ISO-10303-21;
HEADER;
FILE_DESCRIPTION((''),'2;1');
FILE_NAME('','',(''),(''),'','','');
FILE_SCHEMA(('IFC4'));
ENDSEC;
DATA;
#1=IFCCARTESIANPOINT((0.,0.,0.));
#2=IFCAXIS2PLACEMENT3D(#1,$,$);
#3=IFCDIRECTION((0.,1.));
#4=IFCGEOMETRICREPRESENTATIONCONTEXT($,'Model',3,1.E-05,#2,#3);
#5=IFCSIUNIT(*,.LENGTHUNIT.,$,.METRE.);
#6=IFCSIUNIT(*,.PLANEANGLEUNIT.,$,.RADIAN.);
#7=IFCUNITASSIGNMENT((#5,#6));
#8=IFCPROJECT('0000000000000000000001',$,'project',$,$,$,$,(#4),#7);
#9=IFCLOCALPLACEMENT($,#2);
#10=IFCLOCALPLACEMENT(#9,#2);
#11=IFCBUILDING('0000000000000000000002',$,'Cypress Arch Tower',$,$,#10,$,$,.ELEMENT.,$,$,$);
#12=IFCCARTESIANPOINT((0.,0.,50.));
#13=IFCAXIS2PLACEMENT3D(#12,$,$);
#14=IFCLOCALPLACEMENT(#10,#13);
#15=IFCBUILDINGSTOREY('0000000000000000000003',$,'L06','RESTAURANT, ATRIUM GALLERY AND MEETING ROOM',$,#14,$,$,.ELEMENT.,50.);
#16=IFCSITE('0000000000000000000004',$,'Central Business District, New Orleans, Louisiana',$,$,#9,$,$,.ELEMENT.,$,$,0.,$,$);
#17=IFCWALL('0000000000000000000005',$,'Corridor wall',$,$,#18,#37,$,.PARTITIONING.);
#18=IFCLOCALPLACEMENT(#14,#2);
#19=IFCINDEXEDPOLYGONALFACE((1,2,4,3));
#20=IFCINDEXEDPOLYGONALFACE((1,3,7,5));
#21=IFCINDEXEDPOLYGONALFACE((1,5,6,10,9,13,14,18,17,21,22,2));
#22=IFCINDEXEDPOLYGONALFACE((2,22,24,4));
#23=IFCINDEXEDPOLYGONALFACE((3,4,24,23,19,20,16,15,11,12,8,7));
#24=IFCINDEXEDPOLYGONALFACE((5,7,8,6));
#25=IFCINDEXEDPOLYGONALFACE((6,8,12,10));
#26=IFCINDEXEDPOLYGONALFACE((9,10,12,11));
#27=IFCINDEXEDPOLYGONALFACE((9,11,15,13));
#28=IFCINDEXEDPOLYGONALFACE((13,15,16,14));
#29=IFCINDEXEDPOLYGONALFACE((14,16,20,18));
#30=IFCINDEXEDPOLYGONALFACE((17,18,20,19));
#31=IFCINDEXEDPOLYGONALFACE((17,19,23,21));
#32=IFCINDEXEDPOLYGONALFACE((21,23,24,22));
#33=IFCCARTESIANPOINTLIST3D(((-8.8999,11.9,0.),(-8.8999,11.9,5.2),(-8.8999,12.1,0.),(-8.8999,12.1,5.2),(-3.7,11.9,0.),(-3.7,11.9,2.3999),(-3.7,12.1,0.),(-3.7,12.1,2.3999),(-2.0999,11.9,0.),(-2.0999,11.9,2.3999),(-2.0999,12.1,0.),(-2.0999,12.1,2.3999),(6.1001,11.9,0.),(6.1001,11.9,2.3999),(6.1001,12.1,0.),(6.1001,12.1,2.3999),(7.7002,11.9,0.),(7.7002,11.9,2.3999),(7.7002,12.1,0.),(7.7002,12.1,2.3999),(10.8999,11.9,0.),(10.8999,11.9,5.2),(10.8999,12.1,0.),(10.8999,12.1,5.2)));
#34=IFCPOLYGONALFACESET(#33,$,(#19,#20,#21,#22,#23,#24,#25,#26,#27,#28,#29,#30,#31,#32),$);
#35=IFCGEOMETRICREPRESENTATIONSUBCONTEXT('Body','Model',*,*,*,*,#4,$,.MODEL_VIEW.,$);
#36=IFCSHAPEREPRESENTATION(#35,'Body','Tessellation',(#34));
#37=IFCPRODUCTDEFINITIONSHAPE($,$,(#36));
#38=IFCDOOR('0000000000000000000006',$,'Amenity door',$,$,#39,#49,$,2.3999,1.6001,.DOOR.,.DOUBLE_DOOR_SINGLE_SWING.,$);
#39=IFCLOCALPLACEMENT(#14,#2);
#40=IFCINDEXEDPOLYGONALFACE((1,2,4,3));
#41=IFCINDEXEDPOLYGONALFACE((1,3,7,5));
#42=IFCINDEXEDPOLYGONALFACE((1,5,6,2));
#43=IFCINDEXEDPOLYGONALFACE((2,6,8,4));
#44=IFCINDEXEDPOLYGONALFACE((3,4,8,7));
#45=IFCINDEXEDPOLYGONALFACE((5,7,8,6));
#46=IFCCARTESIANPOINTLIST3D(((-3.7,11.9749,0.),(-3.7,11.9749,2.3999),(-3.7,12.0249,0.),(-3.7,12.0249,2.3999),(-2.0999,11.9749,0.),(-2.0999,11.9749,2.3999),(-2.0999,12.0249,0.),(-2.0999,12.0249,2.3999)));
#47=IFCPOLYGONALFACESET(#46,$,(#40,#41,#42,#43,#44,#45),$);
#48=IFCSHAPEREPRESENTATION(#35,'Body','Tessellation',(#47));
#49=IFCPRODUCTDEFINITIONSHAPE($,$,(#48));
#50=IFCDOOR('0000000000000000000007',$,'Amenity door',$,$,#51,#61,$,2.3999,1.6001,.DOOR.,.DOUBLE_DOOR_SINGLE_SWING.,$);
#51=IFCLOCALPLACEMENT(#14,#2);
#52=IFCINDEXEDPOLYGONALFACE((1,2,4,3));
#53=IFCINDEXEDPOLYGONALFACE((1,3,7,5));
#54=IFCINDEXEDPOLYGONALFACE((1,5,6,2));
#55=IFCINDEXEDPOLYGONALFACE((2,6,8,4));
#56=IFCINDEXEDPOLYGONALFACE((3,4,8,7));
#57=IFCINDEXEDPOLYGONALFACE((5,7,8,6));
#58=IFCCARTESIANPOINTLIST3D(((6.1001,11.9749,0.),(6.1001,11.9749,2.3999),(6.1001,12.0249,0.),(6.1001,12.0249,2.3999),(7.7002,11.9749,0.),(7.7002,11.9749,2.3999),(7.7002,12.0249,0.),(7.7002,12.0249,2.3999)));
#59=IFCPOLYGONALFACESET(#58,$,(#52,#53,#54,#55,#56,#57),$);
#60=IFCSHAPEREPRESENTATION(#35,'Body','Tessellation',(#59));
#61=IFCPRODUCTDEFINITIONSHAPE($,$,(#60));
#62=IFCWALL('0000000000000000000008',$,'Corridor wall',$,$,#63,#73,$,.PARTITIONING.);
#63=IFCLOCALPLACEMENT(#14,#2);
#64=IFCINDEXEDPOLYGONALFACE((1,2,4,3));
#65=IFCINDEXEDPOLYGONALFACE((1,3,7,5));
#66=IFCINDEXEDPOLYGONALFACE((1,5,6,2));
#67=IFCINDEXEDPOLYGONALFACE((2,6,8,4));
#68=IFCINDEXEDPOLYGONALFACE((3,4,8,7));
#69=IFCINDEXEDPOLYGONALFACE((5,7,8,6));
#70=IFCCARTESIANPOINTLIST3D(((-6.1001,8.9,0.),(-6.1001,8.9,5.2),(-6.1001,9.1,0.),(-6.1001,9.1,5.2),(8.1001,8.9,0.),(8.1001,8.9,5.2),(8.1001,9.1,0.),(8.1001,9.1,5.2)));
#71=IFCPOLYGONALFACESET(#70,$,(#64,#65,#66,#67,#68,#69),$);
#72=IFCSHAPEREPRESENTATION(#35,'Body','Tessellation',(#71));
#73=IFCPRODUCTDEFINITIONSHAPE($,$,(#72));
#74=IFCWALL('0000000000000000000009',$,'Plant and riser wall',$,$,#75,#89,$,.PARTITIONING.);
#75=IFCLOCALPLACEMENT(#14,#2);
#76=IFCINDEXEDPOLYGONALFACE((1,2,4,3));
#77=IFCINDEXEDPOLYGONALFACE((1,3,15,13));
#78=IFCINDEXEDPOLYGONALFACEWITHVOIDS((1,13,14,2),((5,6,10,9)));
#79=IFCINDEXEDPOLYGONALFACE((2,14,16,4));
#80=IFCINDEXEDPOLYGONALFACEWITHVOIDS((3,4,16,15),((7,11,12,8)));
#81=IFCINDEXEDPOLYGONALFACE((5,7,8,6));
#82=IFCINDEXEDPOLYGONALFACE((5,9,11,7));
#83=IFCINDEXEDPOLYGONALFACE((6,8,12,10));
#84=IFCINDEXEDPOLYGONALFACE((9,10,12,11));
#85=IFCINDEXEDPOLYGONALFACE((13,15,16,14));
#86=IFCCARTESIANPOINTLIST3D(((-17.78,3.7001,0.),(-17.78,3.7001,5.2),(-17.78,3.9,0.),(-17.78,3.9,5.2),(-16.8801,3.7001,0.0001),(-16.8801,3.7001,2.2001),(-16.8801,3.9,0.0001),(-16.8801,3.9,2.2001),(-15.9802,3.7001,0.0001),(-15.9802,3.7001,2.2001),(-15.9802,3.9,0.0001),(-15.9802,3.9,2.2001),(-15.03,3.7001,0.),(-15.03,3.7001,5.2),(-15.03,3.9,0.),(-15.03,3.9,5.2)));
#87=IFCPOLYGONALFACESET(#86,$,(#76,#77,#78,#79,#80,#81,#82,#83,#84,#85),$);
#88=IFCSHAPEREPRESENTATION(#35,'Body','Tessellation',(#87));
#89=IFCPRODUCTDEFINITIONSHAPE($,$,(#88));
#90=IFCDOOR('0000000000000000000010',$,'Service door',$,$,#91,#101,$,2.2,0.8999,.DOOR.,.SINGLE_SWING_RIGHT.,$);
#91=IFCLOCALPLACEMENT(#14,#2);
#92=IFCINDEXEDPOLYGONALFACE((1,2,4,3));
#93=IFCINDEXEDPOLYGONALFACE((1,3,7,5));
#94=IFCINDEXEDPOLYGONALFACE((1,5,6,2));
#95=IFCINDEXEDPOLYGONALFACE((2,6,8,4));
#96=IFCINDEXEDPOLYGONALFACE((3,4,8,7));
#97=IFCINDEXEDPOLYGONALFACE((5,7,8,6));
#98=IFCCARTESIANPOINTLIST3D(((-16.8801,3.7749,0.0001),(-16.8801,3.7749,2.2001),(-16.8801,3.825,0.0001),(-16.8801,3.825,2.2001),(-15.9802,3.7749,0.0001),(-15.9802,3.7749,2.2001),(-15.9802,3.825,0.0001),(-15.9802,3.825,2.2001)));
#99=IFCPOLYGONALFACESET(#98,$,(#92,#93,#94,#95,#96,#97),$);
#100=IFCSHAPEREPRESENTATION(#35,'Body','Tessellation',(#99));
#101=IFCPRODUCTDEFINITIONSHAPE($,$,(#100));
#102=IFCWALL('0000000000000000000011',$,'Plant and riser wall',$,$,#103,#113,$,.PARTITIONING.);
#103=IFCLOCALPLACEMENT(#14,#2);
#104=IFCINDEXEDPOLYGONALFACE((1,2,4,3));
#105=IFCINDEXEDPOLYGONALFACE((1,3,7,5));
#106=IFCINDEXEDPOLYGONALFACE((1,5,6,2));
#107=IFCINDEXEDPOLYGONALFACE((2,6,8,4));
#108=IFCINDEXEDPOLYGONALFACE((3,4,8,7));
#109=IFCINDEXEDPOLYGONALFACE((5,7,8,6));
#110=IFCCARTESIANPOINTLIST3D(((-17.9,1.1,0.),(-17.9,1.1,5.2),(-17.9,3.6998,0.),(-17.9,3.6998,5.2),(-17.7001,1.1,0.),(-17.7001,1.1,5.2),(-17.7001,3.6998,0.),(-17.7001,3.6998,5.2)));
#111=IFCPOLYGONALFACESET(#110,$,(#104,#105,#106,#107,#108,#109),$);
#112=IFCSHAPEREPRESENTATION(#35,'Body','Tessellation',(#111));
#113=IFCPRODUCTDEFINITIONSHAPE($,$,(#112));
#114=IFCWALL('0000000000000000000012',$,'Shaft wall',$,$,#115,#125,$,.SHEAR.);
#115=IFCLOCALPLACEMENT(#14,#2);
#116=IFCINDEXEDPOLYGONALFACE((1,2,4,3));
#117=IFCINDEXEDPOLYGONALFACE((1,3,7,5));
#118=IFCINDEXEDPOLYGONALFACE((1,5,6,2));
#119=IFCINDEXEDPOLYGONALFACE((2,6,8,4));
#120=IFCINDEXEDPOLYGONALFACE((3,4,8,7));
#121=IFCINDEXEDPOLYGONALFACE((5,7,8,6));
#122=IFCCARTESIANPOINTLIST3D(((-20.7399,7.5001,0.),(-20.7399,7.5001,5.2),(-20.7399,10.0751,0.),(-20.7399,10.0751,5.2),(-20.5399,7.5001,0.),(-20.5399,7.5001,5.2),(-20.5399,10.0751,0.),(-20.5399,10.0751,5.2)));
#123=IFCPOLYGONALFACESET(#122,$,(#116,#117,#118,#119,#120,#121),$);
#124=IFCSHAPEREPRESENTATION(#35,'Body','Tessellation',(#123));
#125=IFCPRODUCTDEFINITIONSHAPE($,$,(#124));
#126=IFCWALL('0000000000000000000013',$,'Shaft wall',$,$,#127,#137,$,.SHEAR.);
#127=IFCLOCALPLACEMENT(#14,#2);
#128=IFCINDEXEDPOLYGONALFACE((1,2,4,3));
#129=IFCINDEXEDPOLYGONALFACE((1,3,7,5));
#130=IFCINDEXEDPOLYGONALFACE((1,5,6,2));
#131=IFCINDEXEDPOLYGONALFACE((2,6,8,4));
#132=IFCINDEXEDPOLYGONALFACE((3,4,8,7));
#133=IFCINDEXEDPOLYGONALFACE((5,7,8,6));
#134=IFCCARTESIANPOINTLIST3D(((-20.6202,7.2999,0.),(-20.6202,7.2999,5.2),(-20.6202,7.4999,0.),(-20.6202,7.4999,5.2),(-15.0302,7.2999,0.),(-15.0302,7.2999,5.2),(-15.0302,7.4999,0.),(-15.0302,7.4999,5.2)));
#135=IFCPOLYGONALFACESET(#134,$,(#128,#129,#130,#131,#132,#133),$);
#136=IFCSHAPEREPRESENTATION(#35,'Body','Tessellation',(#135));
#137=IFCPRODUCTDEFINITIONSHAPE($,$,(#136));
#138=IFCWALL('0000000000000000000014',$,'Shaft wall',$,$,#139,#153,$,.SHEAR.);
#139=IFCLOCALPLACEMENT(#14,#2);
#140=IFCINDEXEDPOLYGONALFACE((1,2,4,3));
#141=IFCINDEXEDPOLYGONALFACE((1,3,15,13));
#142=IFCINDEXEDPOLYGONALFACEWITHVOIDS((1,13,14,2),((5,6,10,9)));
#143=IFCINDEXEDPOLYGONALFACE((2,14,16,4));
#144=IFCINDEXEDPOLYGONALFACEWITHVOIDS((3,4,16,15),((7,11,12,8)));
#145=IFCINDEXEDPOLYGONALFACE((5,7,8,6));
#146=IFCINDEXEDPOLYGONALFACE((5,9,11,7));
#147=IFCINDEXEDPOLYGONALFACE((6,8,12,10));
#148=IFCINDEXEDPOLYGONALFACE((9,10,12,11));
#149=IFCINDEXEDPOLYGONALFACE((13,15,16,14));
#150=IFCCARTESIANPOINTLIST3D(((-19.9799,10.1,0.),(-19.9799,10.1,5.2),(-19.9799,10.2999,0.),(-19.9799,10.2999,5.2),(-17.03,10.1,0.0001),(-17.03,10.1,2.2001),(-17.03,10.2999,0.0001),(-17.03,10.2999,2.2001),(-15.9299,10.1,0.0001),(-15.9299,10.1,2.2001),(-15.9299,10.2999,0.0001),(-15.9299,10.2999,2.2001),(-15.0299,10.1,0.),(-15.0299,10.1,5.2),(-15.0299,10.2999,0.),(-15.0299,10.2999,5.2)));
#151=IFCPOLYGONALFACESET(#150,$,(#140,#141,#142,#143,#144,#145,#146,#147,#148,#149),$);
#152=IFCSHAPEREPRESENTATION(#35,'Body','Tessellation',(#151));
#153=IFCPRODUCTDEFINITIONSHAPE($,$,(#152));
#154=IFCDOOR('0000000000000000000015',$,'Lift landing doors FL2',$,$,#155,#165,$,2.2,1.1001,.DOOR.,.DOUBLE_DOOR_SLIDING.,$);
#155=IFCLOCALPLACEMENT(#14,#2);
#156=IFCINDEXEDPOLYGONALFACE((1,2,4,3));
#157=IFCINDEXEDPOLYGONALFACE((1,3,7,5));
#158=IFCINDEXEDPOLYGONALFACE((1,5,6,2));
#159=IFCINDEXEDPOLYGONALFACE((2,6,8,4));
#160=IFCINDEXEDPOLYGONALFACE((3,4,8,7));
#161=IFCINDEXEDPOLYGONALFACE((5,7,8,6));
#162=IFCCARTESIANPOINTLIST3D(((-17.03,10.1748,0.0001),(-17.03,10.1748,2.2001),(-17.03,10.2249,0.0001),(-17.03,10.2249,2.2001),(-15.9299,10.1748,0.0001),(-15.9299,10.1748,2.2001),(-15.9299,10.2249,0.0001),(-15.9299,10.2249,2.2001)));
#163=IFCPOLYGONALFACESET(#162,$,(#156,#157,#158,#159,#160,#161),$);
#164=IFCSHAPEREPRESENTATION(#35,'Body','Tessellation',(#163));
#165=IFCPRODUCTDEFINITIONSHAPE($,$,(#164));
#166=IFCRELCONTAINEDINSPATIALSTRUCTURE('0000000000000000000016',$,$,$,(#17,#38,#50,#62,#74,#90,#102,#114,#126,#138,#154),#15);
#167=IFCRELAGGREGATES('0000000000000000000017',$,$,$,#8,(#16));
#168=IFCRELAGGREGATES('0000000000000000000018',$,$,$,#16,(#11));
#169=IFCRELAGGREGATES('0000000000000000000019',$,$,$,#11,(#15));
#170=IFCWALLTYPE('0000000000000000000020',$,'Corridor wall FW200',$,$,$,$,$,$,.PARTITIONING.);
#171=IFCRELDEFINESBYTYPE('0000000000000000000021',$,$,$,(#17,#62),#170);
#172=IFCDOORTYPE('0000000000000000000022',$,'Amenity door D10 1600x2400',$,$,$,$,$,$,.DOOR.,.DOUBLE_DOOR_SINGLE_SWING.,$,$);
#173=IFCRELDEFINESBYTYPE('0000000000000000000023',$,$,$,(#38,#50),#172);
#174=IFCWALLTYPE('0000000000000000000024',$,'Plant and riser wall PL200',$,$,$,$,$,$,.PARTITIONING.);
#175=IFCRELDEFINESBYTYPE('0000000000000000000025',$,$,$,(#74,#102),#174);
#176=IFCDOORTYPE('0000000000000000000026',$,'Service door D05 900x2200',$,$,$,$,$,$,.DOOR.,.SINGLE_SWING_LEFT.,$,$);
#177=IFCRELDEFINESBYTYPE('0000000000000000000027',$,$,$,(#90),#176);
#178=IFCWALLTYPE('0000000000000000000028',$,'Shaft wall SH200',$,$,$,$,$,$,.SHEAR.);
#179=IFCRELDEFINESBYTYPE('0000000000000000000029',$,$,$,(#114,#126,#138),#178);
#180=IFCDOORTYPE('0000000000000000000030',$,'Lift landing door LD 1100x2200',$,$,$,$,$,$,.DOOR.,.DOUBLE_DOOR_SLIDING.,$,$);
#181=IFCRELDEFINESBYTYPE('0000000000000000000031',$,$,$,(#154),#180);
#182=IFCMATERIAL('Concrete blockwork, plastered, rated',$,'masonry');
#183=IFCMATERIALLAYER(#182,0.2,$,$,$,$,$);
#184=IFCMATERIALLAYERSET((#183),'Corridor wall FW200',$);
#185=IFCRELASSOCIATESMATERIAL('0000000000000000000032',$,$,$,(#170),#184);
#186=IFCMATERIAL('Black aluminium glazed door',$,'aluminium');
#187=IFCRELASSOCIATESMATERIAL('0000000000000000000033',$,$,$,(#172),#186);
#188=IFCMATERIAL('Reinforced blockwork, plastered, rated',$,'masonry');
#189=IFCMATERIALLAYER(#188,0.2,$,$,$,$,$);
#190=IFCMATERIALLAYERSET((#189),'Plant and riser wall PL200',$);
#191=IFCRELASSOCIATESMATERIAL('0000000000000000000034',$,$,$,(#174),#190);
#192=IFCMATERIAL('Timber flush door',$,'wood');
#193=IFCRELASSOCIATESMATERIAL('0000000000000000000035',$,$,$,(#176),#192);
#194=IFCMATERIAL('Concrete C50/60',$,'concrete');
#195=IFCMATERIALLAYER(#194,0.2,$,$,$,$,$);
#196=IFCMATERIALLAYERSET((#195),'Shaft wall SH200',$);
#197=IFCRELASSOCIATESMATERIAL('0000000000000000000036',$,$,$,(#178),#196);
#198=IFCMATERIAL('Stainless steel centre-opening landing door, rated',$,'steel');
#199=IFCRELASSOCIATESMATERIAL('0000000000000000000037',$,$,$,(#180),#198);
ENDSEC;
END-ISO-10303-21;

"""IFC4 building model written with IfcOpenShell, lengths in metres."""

from ifc_helpers import new_model, si_unit, direction, frame, frame_2d, origin, place, context, subcontext, project, spatial, rectangle, extrude, material, layer, layer_set, type_object, element, fill, save


model = new_model("IFC4")

# Units and contexts
model_context = context("Model", 3, precision=1e-05, world=origin(), true_north=direction((0.0, 1.0)))
body_context = subcontext(model_context, "Body", "Model", "MODEL_VIEW")
ifc_project = project(units=[si_unit("LENGTHUNIT", "METRE"), si_unit("PLANEANGLEUNIT", "RADIAN")], contexts=[model_context])

# Site, building, storey
site_placement = place(None, origin())
site = spatial("IfcSite", under=ifc_project, at=site_placement, Name="Central Business District, New Orleans, Louisiana", CompositionType="ELEMENT", RefElevation=0.0)
building_placement = place(site_placement, origin())
building = spatial("IfcBuilding", under=site, at=building_placement, Name="Cypress Arch Tower", CompositionType="ELEMENT")
storey_placement = place(building_placement, frame((0.0, 0.0, 50.0)))
storey = spatial("IfcBuildingStorey", under=building, at=storey_placement, Name="L06", Description="RESTAURANT, ATRIUM GALLERY AND MEETING ROOM", CompositionType="ELEMENT", Elevation=50.0)

# Shared definitions
ifc_material_1 = material(Name="Concrete blockwork, plastered, rated", Category="masonry")
ifc_layer_1 = layer(ifc_material_1, 0.2)
ifc_layer_set_1 = layer_set([ifc_layer_1], Name="Corridor wall FW200")
wall_type_1 = type_object("IfcWallType", Name="Corridor wall FW200", PredefinedType="PARTITIONING", material=ifc_layer_set_1)

# Wall, openings, doors
wall_1_placement = place(storey_placement, frame((-8.8999, 12.0, 0.0), z_axis=(0.0, 0.0, 1.0), x_axis=(1.0, 0.0, 0.0)))
wall_1 = element("IfcWall", 1, at=wall_1_placement, inside=storey, type_object=wall_type_1, Name="Corridor wall", PredefinedType="PARTITIONING", context=body_context, shape_type="SweptSolid", body=[
    extrude(rectangle(XDim=19.7998, YDim=0.2, at=frame_2d((9.8999, 0.0))), origin(), (0.0, 0.0, 1.0), 5.2),
])
opening_1_placement = place(wall_1_placement, frame((5.2, 0.0, 0.0)))
opening_1 = element("IfcOpeningElement", 2, at=opening_1_placement, cuts=wall_1, PredefinedType="OPENING", context=body_context, shape_type="SweptSolid", body=[
    extrude(rectangle(XDim=1.6001, YDim=2.3999, at=frame_2d((0.8, 1.2))), frame((0.0, 0.1099, 0.0), z_axis=(0.0, -1.0, 0.0), x_axis=(1.0, 0.0, 0.0)), (0.0, 0.0, 1.0), 0.22),
])
opening_2_placement = place(wall_1_placement, frame((15.0, 0.0, 0.0)))
opening_2 = element("IfcOpeningElement", 3, at=opening_2_placement, cuts=wall_1, PredefinedType="OPENING", context=body_context, shape_type="SweptSolid", body=[
    extrude(rectangle(XDim=1.6001, YDim=2.3999, at=frame_2d((0.8, 1.2))), frame((0.0, 0.1099, 0.0), z_axis=(0.0, -1.0, 0.0), x_axis=(1.0, 0.0, 0.0)), (0.0, 0.0, 1.0), 0.22),
])
ifc_material_2 = material(Name="Black aluminium glazed door", Category="aluminium")
door_type_1 = type_object("IfcDoorType", Name="Amenity door D10 1600x2400", OperationType="DOUBLE_DOOR_SINGLE_SWING", PredefinedType="DOOR", material=ifc_material_2)
door_1_placement = place(opening_1_placement, origin())
door_1 = element("IfcDoor", 4, at=door_1_placement, inside=storey, type_object=door_type_1, Name="Amenity door", OperationType="DOUBLE_DOOR_SINGLE_SWING", OverallHeight=2.3999, OverallWidth=1.6001, PredefinedType="DOOR", context=body_context, shape_type="SweptSolid", body=[
    extrude(rectangle(XDim=1.6001, YDim=2.3999, at=frame_2d((0.8, 1.2))), frame((0.0, 0.0249, 0.0), z_axis=(0.0, -1.0, 0.0), x_axis=(1.0, 0.0, 0.0)), (0.0, 0.0, 1.0), 0.05),
])
fill(opening_1, door_1)
door_2_placement = place(opening_2_placement, origin())
door_2 = element("IfcDoor", 5, at=door_2_placement, inside=storey, type_object=door_type_1, Name="Amenity door", OperationType="DOUBLE_DOOR_SINGLE_SWING", OverallHeight=2.3999, OverallWidth=1.6001, PredefinedType="DOOR", context=body_context, shape_type="SweptSolid", body=[
    extrude(rectangle(XDim=1.6001, YDim=2.3999, at=frame_2d((0.8, 1.2))), frame((0.0, 0.0249, 0.0), z_axis=(0.0, -1.0, 0.0), x_axis=(1.0, 0.0, 0.0)), (0.0, 0.0, 1.0), 0.05),
])
fill(opening_2, door_2)

# Wall
wall_2_placement = place(storey_placement, frame((-6.1001, 9.0, 0.0), z_axis=(0.0, 0.0, 1.0), x_axis=(1.0, 0.0, 0.0)))
element("IfcWall", 6, at=wall_2_placement, inside=storey, type_object=wall_type_1, Name="Corridor wall", PredefinedType="PARTITIONING", context=body_context, shape_type="SweptSolid", body=[
    extrude(rectangle(XDim=14.2002, YDim=0.2, at=frame_2d((7.1001, 0.0))), origin(), (0.0, 0.0, 1.0), 5.2),
])

# Wall, opening, door
ifc_material_3 = material(Name="Reinforced blockwork, plastered, rated", Category="masonry")
ifc_layer_2 = layer(ifc_material_3, 0.2)
ifc_layer_set_2 = layer_set([ifc_layer_2], Name="Plant and riser wall PL200")
wall_type_2 = type_object("IfcWallType", Name="Plant and riser wall PL200", PredefinedType="PARTITIONING", material=ifc_layer_set_2)
wall_3_placement = place(storey_placement, frame((-17.78, 3.8, 0.0), z_axis=(0.0, 0.0, 1.0), x_axis=(1.0, 0.0, 0.0)))
wall_3 = element("IfcWall", 7, at=wall_3_placement, inside=storey, type_object=wall_type_2, Name="Plant and riser wall", PredefinedType="PARTITIONING", context=body_context, shape_type="SweptSolid", body=[
    extrude(rectangle(XDim=2.75, YDim=0.2, at=frame_2d((1.375, 0.0))), origin(), (0.0, 0.0, 1.0), 5.2),
])
opening_3_placement = place(wall_3_placement, frame((0.8999, 0.0, 0.0)))
opening_3 = element("IfcOpeningElement", 8, at=opening_3_placement, cuts=wall_3, PredefinedType="OPENING", context=body_context, shape_type="SweptSolid", body=[
    extrude(rectangle(XDim=0.8999, YDim=2.2, at=frame_2d((0.45, 1.1001))), frame((0.0, 0.1099, 0.0), z_axis=(0.0, -1.0, 0.0), x_axis=(1.0, 0.0, 0.0)), (0.0, 0.0, 1.0), 0.22),
])
ifc_material_4 = material(Name="Timber flush door", Category="wood")
door_type_2 = type_object("IfcDoorType", Name="Service door D05 900x2200", OperationType="SINGLE_SWING_LEFT", PredefinedType="DOOR", material=ifc_material_4)
door_3_placement = place(opening_3_placement, origin())
door_3 = element("IfcDoor", 9, at=door_3_placement, inside=storey, type_object=door_type_2, Name="Service door", OperationType="SINGLE_SWING_RIGHT", OverallHeight=2.2, OverallWidth=0.8999, PredefinedType="DOOR", context=body_context, shape_type="SweptSolid", body=[
    extrude(rectangle(XDim=0.8999, YDim=2.2, at=frame_2d((0.45, 1.1001))), frame((0.0, 0.0249, 0.0), z_axis=(0.0, -1.0, 0.0), x_axis=(1.0, 0.0, 0.0)), (0.0, 0.0, 1.0), 0.05),
])
fill(opening_3, door_3)

# Walls
wall_4_placement = place(storey_placement, frame((-17.8, 1.1001, 0.0), z_axis=(0.0, 0.0, 1.0), x_axis=(0.0, 1.0, 0.0)))
element("IfcWall", 10, at=wall_4_placement, inside=storey, type_object=wall_type_2, Name="Plant and riser wall", PredefinedType="PARTITIONING", context=body_context, shape_type="SweptSolid", body=[
    extrude(rectangle(XDim=2.5999, YDim=0.2, at=frame_2d((1.2998, 0.0))), origin(), (0.0, 0.0, 1.0), 5.2),
])
ifc_material_5 = material(Name="Concrete C50/60", Category="concrete")
ifc_layer_3 = layer(ifc_material_5, 0.2)
ifc_layer_set_3 = layer_set([ifc_layer_3], Name="Shaft wall SH200")
wall_type_3 = type_object("IfcWallType", Name="Shaft wall SH200", PredefinedType="SHEAR", material=ifc_layer_set_3)
wall_5_placement = place(storey_placement, frame((-20.6399, 7.5, 0.0), z_axis=(0.0, 0.0, 1.0), x_axis=(0.0, 1.0, 0.0)))
element("IfcWall", 11, at=wall_5_placement, inside=storey, type_object=wall_type_3, Name="Shaft wall", PredefinedType="SHEAR", context=body_context, shape_type="SweptSolid", body=[
    extrude(rectangle(XDim=2.575, YDim=0.2, at=frame_2d((1.2876, 0.0))), origin(), (0.0, 0.0, 1.0), 5.2),
])
wall_6_placement = place(storey_placement, frame((-20.6201, 7.3999, 0.0), z_axis=(0.0, 0.0, 1.0), x_axis=(1.0, 0.0, 0.0)))
element("IfcWall", 12, at=wall_6_placement, inside=storey, type_object=wall_type_3, Name="Shaft wall", PredefinedType="SHEAR", context=body_context, shape_type="SweptSolid", body=[
    extrude(rectangle(XDim=5.5901, YDim=0.2, at=frame_2d((2.7949, 0.0))), origin(), (0.0, 0.0, 1.0), 5.2),
])

# Wall, opening, door
wall_7_placement = place(storey_placement, frame((-19.98, 10.2, 0.0), z_axis=(0.0, 0.0, 1.0), x_axis=(1.0, 0.0, 0.0)))
wall_7 = element("IfcWall", 13, at=wall_7_placement, inside=storey, type_object=wall_type_3, Name="Shaft wall", PredefinedType="SHEAR", context=body_context, shape_type="SweptSolid", body=[
    extrude(rectangle(XDim=4.95, YDim=0.2, at=frame_2d((2.4751, 0.0))), origin(), (0.0, 0.0, 1.0), 5.2),
])
opening_4_placement = place(wall_7_placement, frame((2.95, 0.0, 0.0)))
opening_4 = element("IfcOpeningElement", 14, at=opening_4_placement, cuts=wall_7, PredefinedType="OPENING", context=body_context, shape_type="SweptSolid", body=[
    extrude(rectangle(XDim=1.1001, YDim=2.2, at=frame_2d((0.55, 1.1001))), frame((0.0, 0.1099, 0.0), z_axis=(0.0, -1.0, 0.0), x_axis=(1.0, 0.0, 0.0)), (0.0, 0.0, 1.0), 0.22),
])
ifc_material_6 = material(Name="Stainless steel centre-opening landing door, rated", Category="steel")
door_type_3 = type_object("IfcDoorType", Name="Lift landing door LD 1100x2200", OperationType="DOUBLE_DOOR_SLIDING", PredefinedType="DOOR", material=ifc_material_6)
door_4_placement = place(opening_4_placement, origin())
door_4 = element("IfcDoor", 15, at=door_4_placement, inside=storey, type_object=door_type_3, Name="Lift landing doors FL2", OperationType="DOUBLE_DOOR_SLIDING", OverallHeight=2.2, OverallWidth=1.1001, PredefinedType="DOOR", context=body_context, shape_type="SweptSolid", body=[
    extrude(rectangle(XDim=1.1001, YDim=2.2, at=frame_2d((0.55, 1.1001))), frame((0.0, 0.0249, 0.0), z_axis=(0.0, -1.0, 0.0), x_axis=(1.0, 0.0, 0.0)), (0.0, 0.0, 1.0), 0.05),
])
fill(opening_4, door_4)

save(model, "model.ifc")
